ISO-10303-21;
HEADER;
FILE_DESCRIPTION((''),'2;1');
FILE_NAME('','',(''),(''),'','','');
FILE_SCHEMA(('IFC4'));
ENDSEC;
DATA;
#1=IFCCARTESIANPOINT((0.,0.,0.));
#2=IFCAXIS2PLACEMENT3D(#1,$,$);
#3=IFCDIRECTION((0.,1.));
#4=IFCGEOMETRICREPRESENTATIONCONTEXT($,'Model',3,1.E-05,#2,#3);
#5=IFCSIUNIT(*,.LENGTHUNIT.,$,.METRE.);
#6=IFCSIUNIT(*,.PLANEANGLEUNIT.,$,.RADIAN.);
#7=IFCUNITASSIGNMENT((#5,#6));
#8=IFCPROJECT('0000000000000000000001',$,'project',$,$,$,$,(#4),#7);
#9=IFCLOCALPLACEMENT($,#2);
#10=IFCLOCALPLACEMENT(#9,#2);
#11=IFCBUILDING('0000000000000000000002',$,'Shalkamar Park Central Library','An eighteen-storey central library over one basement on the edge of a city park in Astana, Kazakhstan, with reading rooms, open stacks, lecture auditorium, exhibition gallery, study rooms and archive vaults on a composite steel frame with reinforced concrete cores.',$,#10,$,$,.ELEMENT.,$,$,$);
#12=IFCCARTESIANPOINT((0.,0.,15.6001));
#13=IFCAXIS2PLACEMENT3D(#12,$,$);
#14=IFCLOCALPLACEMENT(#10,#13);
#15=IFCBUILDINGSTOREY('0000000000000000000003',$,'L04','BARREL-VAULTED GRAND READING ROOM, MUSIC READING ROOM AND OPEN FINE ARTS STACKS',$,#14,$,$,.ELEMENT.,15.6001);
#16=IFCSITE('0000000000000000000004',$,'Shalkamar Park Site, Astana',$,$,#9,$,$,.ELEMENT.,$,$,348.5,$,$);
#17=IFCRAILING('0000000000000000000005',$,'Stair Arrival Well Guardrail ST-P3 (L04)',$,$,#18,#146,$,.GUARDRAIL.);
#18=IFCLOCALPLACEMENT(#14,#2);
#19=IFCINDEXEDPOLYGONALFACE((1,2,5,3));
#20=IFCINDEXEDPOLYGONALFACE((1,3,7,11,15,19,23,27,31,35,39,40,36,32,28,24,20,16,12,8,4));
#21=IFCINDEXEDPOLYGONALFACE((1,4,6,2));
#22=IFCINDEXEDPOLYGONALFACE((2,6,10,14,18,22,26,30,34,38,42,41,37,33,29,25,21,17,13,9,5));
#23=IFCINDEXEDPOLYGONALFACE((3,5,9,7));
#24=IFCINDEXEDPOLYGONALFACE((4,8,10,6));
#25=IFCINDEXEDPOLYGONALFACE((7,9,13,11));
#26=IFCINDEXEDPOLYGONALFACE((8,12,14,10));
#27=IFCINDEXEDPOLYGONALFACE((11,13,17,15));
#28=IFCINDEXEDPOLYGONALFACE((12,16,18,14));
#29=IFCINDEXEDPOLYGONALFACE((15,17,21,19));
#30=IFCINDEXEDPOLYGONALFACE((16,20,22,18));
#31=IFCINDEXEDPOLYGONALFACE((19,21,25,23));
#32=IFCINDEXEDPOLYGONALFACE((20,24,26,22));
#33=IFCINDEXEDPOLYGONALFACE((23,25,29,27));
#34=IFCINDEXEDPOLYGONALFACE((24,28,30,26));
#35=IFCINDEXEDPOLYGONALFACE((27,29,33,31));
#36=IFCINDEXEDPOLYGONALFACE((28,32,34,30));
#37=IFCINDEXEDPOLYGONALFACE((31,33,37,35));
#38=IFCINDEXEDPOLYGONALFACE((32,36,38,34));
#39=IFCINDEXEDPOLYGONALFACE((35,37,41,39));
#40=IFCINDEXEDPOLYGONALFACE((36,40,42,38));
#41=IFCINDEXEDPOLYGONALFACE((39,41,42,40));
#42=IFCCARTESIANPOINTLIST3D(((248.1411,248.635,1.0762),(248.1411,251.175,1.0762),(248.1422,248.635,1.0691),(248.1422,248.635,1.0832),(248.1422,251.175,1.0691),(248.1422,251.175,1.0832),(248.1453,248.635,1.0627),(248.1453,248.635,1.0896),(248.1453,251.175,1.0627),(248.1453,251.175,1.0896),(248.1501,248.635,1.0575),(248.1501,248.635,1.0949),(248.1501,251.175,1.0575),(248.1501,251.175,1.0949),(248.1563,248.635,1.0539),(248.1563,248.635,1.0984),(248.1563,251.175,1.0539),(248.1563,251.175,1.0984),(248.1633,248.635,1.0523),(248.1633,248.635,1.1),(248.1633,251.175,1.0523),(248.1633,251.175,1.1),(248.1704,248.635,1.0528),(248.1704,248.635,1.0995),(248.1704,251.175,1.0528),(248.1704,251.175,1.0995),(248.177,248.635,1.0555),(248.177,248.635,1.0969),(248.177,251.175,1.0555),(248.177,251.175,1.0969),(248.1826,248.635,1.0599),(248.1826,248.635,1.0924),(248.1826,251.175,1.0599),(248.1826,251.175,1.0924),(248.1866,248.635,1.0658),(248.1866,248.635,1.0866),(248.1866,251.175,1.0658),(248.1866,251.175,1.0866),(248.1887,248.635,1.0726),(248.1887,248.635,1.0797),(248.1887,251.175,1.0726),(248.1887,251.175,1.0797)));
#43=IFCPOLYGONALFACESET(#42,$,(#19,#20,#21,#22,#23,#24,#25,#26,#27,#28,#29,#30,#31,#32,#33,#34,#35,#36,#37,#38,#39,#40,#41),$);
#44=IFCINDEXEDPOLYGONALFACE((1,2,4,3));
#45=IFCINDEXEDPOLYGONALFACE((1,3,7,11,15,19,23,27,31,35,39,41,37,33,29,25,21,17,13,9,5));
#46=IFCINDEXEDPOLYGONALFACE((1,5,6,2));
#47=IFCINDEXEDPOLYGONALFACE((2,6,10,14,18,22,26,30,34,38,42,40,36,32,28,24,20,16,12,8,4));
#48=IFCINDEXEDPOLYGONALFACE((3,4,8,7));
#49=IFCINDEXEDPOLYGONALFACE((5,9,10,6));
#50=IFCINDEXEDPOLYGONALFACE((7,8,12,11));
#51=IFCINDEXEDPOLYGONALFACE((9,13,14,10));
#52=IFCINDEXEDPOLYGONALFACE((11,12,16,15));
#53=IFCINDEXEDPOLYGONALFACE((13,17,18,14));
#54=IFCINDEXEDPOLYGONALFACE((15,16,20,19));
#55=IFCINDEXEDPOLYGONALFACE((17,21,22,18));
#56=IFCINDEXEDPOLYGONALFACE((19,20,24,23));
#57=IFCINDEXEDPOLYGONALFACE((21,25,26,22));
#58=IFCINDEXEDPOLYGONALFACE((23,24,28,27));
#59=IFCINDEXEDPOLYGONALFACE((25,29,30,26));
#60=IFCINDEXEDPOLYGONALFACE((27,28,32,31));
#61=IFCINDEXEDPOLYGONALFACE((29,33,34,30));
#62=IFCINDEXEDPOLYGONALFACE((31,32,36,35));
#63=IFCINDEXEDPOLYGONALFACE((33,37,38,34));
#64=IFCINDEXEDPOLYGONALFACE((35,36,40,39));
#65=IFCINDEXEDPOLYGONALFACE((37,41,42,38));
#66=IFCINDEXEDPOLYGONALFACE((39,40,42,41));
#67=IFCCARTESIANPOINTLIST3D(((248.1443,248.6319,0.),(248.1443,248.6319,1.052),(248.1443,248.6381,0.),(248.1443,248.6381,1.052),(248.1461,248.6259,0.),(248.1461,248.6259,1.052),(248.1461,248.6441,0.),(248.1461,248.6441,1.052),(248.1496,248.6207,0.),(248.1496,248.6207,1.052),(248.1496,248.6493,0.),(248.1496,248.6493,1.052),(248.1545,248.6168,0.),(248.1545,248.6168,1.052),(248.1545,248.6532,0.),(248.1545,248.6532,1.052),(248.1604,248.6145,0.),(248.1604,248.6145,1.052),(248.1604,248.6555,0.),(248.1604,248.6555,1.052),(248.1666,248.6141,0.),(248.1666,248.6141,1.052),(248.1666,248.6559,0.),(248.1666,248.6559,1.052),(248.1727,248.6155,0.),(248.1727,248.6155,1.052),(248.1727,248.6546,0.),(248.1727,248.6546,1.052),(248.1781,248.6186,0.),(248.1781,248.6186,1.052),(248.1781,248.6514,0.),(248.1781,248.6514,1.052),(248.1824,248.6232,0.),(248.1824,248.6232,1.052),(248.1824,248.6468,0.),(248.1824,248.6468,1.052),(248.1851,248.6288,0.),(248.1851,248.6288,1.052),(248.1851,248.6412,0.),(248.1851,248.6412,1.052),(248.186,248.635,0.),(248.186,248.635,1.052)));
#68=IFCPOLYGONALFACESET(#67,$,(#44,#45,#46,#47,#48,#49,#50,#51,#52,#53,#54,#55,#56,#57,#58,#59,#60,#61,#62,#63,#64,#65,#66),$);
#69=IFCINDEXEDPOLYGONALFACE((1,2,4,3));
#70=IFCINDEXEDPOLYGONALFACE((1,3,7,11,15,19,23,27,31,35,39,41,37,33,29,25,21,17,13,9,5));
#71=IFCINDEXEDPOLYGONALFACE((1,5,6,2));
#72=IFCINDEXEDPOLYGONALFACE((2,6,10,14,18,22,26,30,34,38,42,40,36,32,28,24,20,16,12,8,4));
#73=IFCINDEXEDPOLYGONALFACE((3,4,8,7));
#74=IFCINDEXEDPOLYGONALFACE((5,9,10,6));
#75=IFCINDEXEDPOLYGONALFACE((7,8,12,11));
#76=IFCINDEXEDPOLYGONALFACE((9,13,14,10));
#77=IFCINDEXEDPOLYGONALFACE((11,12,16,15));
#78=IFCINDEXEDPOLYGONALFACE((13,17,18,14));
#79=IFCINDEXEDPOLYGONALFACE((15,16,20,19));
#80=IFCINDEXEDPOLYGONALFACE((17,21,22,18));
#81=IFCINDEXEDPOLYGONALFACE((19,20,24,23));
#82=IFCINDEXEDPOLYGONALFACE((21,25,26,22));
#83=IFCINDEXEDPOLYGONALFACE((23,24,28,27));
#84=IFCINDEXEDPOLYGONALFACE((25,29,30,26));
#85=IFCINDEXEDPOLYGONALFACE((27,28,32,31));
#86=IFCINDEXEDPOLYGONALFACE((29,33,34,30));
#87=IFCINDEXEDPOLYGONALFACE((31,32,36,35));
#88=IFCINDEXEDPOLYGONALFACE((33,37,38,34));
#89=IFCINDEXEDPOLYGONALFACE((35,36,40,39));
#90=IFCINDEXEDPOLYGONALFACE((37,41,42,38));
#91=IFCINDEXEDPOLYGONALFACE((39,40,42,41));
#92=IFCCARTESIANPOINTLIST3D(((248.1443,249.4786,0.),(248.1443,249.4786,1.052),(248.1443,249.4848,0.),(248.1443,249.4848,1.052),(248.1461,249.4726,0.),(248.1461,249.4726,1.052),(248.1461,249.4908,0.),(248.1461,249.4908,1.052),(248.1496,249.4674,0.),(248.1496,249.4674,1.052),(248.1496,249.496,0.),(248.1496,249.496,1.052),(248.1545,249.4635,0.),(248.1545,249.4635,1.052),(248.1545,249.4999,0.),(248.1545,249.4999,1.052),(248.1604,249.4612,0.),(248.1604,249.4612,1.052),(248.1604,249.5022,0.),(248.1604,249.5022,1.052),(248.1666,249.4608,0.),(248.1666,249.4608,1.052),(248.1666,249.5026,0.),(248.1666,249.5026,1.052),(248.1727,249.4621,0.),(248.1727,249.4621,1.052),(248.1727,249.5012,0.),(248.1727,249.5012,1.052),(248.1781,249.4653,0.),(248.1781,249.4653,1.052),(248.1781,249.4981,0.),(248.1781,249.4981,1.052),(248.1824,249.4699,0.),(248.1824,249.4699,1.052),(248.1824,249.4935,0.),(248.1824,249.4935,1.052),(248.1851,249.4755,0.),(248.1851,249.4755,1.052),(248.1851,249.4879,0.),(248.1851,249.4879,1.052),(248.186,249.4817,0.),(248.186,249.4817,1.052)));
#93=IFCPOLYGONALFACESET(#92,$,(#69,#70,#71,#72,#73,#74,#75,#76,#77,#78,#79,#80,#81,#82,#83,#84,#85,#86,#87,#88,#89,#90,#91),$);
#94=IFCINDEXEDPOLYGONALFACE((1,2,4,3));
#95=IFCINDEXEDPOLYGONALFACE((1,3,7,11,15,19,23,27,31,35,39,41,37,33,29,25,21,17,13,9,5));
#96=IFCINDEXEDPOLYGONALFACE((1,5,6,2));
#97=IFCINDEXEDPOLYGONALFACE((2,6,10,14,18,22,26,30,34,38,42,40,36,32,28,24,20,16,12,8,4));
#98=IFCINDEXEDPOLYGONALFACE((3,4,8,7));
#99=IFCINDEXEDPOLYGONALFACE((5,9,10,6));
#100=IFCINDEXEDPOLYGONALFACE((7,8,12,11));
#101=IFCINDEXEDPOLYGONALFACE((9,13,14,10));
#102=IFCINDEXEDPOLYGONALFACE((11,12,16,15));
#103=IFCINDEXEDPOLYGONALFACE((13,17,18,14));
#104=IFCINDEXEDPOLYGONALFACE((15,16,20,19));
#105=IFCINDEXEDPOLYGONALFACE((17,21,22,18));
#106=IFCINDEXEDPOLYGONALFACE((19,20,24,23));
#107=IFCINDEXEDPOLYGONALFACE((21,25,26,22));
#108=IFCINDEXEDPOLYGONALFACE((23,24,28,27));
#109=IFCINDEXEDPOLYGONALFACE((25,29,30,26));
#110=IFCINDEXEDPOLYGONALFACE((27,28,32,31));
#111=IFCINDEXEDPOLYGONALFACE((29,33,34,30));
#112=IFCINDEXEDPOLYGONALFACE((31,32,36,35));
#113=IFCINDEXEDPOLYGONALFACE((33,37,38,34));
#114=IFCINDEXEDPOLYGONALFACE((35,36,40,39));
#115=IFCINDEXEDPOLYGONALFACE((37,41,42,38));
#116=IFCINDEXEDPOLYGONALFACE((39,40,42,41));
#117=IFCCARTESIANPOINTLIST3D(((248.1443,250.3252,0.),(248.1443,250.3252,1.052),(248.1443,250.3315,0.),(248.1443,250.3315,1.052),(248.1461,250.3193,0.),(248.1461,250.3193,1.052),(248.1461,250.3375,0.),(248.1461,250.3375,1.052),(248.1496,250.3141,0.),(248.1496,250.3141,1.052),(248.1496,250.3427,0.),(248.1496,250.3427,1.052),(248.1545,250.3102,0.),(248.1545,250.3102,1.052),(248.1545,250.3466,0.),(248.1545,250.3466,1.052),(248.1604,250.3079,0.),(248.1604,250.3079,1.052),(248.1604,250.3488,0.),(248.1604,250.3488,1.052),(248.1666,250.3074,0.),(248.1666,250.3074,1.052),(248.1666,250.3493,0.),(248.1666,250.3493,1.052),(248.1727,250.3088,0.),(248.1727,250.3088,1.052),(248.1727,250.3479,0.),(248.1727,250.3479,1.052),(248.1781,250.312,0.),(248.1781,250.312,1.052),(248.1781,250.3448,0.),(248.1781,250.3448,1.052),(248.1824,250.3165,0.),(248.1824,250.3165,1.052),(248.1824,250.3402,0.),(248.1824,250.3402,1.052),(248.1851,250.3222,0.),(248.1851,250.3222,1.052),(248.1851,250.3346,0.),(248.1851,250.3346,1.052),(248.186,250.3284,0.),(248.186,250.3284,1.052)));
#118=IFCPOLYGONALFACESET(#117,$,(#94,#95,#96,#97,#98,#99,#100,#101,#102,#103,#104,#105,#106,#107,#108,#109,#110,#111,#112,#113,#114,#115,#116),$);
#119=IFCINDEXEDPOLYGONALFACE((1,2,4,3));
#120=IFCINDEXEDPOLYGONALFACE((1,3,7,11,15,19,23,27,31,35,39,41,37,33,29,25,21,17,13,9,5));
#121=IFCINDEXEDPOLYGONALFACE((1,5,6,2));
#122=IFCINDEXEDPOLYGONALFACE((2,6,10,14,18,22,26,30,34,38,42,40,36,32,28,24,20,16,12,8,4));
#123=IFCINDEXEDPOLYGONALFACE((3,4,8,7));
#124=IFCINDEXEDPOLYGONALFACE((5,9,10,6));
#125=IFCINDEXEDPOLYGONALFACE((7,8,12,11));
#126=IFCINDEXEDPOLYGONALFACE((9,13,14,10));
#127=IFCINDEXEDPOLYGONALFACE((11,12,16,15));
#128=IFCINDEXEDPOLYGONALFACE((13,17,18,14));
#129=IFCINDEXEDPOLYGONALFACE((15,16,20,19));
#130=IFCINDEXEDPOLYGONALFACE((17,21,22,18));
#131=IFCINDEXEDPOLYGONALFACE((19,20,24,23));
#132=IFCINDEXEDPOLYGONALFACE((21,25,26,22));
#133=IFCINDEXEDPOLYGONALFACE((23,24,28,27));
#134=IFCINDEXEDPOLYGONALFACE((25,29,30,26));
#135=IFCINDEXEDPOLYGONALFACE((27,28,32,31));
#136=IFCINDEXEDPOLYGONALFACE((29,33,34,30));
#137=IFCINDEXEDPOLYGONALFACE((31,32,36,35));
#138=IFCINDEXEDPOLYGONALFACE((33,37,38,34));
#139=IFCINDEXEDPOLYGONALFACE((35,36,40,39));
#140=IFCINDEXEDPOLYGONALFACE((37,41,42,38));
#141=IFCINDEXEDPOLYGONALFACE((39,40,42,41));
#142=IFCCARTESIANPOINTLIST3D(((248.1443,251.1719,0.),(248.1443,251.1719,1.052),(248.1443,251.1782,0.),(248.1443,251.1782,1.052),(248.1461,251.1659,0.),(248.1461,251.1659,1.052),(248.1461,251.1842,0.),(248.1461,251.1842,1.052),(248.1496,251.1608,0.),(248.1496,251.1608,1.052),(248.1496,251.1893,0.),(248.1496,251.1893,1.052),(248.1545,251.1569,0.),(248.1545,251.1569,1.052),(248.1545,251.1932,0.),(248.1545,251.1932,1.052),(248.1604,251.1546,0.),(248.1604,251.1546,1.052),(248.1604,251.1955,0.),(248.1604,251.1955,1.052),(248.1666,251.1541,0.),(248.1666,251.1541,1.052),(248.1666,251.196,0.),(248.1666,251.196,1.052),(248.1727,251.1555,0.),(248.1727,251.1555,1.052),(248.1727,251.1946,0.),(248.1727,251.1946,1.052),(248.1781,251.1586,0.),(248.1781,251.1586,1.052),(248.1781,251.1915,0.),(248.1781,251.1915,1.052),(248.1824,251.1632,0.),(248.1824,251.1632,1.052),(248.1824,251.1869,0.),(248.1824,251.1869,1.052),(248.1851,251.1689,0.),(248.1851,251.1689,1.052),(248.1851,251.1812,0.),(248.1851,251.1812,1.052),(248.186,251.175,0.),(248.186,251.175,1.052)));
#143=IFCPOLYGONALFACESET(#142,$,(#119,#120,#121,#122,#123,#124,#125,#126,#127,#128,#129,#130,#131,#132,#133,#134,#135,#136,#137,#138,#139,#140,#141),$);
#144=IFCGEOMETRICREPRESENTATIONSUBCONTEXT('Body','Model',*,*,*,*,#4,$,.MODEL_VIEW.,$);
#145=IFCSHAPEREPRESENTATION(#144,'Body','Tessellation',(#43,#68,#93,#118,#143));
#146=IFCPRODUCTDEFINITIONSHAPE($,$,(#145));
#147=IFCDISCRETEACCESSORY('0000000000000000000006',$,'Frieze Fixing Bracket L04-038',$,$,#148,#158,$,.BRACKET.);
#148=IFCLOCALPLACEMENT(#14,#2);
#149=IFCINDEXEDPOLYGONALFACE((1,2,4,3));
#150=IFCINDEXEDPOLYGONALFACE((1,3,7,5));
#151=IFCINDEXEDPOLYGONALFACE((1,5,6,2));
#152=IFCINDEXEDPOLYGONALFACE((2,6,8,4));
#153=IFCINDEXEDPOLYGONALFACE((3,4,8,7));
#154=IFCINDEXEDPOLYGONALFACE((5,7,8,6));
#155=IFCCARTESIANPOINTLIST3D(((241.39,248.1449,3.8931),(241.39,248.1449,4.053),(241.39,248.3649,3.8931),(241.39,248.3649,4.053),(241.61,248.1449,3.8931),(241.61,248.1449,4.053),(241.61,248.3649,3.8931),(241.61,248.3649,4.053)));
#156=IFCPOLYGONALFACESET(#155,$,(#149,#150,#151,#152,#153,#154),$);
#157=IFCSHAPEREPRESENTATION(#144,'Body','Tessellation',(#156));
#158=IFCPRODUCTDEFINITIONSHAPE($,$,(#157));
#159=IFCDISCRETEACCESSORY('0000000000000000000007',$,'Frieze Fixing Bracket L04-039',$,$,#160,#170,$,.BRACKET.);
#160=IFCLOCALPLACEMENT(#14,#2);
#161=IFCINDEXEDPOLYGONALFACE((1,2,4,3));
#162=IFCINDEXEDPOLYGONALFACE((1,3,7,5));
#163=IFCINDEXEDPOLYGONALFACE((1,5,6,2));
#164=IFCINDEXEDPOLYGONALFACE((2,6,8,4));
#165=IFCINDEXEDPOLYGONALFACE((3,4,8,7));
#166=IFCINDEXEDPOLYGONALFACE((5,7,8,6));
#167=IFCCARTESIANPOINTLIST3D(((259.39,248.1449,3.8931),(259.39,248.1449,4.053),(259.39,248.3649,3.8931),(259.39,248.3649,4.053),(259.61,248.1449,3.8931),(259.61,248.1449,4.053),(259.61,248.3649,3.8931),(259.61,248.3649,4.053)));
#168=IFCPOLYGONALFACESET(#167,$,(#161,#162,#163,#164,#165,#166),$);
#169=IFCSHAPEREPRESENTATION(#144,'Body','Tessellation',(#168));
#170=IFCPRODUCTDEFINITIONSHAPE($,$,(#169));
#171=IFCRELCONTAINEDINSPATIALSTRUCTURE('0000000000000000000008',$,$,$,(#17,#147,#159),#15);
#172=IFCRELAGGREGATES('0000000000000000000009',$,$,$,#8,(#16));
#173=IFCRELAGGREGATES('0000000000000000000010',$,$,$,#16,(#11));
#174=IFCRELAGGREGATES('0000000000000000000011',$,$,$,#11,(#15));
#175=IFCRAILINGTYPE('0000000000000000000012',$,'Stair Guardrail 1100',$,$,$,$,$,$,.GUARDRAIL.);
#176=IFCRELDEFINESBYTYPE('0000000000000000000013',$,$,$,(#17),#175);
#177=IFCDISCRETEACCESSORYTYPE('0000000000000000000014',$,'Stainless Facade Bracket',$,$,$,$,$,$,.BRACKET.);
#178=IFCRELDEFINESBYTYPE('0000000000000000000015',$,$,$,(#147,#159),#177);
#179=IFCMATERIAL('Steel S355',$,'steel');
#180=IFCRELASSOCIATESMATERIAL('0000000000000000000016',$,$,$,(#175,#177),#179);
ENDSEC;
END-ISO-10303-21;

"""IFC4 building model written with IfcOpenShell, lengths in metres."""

from ifc_helpers import new_model, si_unit, direction, frame, origin, origin_2d, place, context, subcontext, project, spatial, rectangle, circle, extrude, material, type_object, element, save


model = new_model("IFC4")

# Units and contexts
model_context = context("Model", 3, precision=1e-05, world=origin(), true_north=direction((0.0, 1.0)))
body_context = subcontext(model_context, "Body", "Model", "MODEL_VIEW")
ifc_project = project(units=[si_unit("LENGTHUNIT", "METRE"), si_unit("PLANEANGLEUNIT", "RADIAN")], contexts=[model_context])

# Site, building, storey
site_placement = place(None, origin())
site = spatial("IfcSite", under=ifc_project, at=site_placement, Name="Shalkamar Park Site, Astana", CompositionType="ELEMENT", RefElevation=348.5)
building_placement = place(site_placement, origin())
building = spatial("IfcBuilding", under=site, at=building_placement, Name="Shalkamar Park Central Library", Description="An eighteen-storey central library over one basement on the edge of a city park in Astana, Kazakhstan, with reading rooms, open stacks, lecture auditorium, exhibition gallery, study rooms and archive vaults on a composite steel frame with reinforced concrete cores.", CompositionType="ELEMENT")
storey_placement = place(building_placement, frame((0.0, 0.0, 15.6001)))
storey = spatial("IfcBuildingStorey", under=building, at=storey_placement, Name="L04", Description="BARREL-VAULTED GRAND READING ROOM, MUSIC READING ROOM AND OPEN FINE ARTS STACKS", CompositionType="ELEMENT", Elevation=15.6001)

# Shared definitions
ifc_material_1 = material(Name="Steel S355", Category="steel")

# Railing
railing_type = type_object("IfcRailingType", Name="Stair Guardrail 1100", PredefinedType="GUARDRAIL", material=ifc_material_1)
railing_placement = place(storey_placement, frame((248.165, 248.635, 0.0)))
element("IfcRailing", 1, at=railing_placement, inside=storey, type_object=railing_type, Name="Stair Arrival Well Guardrail ST-P3 (L04)", PredefinedType="GUARDRAIL", context=body_context, shape_type="SweptSolid", body=[
    extrude(circle(Radius=0.0239, at=origin_2d()), frame((0.0, 0.0, 1.0762), z_axis=(0.0, 1.0, 0.0), x_axis=(-1.0, 0.0, 0.0)), (0.0, 0.0, 1.0), 2.54),
    extrude(circle(Radius=0.021, at=origin_2d()), origin(), (0.0, 0.0, 1.0), 1.052),
    extrude(circle(Radius=0.021, at=origin_2d()), frame((0.0, 0.8467, 0.0)), (0.0, 0.0, 1.0), 1.052),
    extrude(circle(Radius=0.021, at=origin_2d()), frame((0.0, 1.6934, 0.0)), (0.0, 0.0, 1.0), 1.052),
    extrude(circle(Radius=0.021, at=origin_2d()), frame((0.0, 2.54, 0.0)), (0.0, 0.0, 1.0), 1.052),
])

# Discrete accessories
discrete_accessory_type = type_object("IfcDiscreteAccessoryType", Name="Stainless Facade Bracket", PredefinedType="BRACKET", material=ifc_material_1)
for number, where, z_axis, x_axis, name in (
    (2, (241.5, 248.2549, 3.8931), (0.0, 0.0, 1.0), (1.0, 0.0, 0.0), "Frieze Fixing Bracket L04-038"),
    (3, (259.5, 248.2549, 3.8931), (0.0, 0.0, 1.0), (1.0, 0.0, 0.0), "Frieze Fixing Bracket L04-039"),
):
    element("IfcDiscreteAccessory", number, at=place(storey_placement, frame(where, z_axis=z_axis, x_axis=x_axis)), inside=storey, type_object=discrete_accessory_type, Name=name, PredefinedType="BRACKET", context=body_context, shape_type="SweptSolid", body=[
        extrude(rectangle(XDim=0.22, YDim=0.22, at=origin_2d()), origin(), (0.0, 0.0, 1.0), 0.1599),
    ])

save(model, "model.ifc")
